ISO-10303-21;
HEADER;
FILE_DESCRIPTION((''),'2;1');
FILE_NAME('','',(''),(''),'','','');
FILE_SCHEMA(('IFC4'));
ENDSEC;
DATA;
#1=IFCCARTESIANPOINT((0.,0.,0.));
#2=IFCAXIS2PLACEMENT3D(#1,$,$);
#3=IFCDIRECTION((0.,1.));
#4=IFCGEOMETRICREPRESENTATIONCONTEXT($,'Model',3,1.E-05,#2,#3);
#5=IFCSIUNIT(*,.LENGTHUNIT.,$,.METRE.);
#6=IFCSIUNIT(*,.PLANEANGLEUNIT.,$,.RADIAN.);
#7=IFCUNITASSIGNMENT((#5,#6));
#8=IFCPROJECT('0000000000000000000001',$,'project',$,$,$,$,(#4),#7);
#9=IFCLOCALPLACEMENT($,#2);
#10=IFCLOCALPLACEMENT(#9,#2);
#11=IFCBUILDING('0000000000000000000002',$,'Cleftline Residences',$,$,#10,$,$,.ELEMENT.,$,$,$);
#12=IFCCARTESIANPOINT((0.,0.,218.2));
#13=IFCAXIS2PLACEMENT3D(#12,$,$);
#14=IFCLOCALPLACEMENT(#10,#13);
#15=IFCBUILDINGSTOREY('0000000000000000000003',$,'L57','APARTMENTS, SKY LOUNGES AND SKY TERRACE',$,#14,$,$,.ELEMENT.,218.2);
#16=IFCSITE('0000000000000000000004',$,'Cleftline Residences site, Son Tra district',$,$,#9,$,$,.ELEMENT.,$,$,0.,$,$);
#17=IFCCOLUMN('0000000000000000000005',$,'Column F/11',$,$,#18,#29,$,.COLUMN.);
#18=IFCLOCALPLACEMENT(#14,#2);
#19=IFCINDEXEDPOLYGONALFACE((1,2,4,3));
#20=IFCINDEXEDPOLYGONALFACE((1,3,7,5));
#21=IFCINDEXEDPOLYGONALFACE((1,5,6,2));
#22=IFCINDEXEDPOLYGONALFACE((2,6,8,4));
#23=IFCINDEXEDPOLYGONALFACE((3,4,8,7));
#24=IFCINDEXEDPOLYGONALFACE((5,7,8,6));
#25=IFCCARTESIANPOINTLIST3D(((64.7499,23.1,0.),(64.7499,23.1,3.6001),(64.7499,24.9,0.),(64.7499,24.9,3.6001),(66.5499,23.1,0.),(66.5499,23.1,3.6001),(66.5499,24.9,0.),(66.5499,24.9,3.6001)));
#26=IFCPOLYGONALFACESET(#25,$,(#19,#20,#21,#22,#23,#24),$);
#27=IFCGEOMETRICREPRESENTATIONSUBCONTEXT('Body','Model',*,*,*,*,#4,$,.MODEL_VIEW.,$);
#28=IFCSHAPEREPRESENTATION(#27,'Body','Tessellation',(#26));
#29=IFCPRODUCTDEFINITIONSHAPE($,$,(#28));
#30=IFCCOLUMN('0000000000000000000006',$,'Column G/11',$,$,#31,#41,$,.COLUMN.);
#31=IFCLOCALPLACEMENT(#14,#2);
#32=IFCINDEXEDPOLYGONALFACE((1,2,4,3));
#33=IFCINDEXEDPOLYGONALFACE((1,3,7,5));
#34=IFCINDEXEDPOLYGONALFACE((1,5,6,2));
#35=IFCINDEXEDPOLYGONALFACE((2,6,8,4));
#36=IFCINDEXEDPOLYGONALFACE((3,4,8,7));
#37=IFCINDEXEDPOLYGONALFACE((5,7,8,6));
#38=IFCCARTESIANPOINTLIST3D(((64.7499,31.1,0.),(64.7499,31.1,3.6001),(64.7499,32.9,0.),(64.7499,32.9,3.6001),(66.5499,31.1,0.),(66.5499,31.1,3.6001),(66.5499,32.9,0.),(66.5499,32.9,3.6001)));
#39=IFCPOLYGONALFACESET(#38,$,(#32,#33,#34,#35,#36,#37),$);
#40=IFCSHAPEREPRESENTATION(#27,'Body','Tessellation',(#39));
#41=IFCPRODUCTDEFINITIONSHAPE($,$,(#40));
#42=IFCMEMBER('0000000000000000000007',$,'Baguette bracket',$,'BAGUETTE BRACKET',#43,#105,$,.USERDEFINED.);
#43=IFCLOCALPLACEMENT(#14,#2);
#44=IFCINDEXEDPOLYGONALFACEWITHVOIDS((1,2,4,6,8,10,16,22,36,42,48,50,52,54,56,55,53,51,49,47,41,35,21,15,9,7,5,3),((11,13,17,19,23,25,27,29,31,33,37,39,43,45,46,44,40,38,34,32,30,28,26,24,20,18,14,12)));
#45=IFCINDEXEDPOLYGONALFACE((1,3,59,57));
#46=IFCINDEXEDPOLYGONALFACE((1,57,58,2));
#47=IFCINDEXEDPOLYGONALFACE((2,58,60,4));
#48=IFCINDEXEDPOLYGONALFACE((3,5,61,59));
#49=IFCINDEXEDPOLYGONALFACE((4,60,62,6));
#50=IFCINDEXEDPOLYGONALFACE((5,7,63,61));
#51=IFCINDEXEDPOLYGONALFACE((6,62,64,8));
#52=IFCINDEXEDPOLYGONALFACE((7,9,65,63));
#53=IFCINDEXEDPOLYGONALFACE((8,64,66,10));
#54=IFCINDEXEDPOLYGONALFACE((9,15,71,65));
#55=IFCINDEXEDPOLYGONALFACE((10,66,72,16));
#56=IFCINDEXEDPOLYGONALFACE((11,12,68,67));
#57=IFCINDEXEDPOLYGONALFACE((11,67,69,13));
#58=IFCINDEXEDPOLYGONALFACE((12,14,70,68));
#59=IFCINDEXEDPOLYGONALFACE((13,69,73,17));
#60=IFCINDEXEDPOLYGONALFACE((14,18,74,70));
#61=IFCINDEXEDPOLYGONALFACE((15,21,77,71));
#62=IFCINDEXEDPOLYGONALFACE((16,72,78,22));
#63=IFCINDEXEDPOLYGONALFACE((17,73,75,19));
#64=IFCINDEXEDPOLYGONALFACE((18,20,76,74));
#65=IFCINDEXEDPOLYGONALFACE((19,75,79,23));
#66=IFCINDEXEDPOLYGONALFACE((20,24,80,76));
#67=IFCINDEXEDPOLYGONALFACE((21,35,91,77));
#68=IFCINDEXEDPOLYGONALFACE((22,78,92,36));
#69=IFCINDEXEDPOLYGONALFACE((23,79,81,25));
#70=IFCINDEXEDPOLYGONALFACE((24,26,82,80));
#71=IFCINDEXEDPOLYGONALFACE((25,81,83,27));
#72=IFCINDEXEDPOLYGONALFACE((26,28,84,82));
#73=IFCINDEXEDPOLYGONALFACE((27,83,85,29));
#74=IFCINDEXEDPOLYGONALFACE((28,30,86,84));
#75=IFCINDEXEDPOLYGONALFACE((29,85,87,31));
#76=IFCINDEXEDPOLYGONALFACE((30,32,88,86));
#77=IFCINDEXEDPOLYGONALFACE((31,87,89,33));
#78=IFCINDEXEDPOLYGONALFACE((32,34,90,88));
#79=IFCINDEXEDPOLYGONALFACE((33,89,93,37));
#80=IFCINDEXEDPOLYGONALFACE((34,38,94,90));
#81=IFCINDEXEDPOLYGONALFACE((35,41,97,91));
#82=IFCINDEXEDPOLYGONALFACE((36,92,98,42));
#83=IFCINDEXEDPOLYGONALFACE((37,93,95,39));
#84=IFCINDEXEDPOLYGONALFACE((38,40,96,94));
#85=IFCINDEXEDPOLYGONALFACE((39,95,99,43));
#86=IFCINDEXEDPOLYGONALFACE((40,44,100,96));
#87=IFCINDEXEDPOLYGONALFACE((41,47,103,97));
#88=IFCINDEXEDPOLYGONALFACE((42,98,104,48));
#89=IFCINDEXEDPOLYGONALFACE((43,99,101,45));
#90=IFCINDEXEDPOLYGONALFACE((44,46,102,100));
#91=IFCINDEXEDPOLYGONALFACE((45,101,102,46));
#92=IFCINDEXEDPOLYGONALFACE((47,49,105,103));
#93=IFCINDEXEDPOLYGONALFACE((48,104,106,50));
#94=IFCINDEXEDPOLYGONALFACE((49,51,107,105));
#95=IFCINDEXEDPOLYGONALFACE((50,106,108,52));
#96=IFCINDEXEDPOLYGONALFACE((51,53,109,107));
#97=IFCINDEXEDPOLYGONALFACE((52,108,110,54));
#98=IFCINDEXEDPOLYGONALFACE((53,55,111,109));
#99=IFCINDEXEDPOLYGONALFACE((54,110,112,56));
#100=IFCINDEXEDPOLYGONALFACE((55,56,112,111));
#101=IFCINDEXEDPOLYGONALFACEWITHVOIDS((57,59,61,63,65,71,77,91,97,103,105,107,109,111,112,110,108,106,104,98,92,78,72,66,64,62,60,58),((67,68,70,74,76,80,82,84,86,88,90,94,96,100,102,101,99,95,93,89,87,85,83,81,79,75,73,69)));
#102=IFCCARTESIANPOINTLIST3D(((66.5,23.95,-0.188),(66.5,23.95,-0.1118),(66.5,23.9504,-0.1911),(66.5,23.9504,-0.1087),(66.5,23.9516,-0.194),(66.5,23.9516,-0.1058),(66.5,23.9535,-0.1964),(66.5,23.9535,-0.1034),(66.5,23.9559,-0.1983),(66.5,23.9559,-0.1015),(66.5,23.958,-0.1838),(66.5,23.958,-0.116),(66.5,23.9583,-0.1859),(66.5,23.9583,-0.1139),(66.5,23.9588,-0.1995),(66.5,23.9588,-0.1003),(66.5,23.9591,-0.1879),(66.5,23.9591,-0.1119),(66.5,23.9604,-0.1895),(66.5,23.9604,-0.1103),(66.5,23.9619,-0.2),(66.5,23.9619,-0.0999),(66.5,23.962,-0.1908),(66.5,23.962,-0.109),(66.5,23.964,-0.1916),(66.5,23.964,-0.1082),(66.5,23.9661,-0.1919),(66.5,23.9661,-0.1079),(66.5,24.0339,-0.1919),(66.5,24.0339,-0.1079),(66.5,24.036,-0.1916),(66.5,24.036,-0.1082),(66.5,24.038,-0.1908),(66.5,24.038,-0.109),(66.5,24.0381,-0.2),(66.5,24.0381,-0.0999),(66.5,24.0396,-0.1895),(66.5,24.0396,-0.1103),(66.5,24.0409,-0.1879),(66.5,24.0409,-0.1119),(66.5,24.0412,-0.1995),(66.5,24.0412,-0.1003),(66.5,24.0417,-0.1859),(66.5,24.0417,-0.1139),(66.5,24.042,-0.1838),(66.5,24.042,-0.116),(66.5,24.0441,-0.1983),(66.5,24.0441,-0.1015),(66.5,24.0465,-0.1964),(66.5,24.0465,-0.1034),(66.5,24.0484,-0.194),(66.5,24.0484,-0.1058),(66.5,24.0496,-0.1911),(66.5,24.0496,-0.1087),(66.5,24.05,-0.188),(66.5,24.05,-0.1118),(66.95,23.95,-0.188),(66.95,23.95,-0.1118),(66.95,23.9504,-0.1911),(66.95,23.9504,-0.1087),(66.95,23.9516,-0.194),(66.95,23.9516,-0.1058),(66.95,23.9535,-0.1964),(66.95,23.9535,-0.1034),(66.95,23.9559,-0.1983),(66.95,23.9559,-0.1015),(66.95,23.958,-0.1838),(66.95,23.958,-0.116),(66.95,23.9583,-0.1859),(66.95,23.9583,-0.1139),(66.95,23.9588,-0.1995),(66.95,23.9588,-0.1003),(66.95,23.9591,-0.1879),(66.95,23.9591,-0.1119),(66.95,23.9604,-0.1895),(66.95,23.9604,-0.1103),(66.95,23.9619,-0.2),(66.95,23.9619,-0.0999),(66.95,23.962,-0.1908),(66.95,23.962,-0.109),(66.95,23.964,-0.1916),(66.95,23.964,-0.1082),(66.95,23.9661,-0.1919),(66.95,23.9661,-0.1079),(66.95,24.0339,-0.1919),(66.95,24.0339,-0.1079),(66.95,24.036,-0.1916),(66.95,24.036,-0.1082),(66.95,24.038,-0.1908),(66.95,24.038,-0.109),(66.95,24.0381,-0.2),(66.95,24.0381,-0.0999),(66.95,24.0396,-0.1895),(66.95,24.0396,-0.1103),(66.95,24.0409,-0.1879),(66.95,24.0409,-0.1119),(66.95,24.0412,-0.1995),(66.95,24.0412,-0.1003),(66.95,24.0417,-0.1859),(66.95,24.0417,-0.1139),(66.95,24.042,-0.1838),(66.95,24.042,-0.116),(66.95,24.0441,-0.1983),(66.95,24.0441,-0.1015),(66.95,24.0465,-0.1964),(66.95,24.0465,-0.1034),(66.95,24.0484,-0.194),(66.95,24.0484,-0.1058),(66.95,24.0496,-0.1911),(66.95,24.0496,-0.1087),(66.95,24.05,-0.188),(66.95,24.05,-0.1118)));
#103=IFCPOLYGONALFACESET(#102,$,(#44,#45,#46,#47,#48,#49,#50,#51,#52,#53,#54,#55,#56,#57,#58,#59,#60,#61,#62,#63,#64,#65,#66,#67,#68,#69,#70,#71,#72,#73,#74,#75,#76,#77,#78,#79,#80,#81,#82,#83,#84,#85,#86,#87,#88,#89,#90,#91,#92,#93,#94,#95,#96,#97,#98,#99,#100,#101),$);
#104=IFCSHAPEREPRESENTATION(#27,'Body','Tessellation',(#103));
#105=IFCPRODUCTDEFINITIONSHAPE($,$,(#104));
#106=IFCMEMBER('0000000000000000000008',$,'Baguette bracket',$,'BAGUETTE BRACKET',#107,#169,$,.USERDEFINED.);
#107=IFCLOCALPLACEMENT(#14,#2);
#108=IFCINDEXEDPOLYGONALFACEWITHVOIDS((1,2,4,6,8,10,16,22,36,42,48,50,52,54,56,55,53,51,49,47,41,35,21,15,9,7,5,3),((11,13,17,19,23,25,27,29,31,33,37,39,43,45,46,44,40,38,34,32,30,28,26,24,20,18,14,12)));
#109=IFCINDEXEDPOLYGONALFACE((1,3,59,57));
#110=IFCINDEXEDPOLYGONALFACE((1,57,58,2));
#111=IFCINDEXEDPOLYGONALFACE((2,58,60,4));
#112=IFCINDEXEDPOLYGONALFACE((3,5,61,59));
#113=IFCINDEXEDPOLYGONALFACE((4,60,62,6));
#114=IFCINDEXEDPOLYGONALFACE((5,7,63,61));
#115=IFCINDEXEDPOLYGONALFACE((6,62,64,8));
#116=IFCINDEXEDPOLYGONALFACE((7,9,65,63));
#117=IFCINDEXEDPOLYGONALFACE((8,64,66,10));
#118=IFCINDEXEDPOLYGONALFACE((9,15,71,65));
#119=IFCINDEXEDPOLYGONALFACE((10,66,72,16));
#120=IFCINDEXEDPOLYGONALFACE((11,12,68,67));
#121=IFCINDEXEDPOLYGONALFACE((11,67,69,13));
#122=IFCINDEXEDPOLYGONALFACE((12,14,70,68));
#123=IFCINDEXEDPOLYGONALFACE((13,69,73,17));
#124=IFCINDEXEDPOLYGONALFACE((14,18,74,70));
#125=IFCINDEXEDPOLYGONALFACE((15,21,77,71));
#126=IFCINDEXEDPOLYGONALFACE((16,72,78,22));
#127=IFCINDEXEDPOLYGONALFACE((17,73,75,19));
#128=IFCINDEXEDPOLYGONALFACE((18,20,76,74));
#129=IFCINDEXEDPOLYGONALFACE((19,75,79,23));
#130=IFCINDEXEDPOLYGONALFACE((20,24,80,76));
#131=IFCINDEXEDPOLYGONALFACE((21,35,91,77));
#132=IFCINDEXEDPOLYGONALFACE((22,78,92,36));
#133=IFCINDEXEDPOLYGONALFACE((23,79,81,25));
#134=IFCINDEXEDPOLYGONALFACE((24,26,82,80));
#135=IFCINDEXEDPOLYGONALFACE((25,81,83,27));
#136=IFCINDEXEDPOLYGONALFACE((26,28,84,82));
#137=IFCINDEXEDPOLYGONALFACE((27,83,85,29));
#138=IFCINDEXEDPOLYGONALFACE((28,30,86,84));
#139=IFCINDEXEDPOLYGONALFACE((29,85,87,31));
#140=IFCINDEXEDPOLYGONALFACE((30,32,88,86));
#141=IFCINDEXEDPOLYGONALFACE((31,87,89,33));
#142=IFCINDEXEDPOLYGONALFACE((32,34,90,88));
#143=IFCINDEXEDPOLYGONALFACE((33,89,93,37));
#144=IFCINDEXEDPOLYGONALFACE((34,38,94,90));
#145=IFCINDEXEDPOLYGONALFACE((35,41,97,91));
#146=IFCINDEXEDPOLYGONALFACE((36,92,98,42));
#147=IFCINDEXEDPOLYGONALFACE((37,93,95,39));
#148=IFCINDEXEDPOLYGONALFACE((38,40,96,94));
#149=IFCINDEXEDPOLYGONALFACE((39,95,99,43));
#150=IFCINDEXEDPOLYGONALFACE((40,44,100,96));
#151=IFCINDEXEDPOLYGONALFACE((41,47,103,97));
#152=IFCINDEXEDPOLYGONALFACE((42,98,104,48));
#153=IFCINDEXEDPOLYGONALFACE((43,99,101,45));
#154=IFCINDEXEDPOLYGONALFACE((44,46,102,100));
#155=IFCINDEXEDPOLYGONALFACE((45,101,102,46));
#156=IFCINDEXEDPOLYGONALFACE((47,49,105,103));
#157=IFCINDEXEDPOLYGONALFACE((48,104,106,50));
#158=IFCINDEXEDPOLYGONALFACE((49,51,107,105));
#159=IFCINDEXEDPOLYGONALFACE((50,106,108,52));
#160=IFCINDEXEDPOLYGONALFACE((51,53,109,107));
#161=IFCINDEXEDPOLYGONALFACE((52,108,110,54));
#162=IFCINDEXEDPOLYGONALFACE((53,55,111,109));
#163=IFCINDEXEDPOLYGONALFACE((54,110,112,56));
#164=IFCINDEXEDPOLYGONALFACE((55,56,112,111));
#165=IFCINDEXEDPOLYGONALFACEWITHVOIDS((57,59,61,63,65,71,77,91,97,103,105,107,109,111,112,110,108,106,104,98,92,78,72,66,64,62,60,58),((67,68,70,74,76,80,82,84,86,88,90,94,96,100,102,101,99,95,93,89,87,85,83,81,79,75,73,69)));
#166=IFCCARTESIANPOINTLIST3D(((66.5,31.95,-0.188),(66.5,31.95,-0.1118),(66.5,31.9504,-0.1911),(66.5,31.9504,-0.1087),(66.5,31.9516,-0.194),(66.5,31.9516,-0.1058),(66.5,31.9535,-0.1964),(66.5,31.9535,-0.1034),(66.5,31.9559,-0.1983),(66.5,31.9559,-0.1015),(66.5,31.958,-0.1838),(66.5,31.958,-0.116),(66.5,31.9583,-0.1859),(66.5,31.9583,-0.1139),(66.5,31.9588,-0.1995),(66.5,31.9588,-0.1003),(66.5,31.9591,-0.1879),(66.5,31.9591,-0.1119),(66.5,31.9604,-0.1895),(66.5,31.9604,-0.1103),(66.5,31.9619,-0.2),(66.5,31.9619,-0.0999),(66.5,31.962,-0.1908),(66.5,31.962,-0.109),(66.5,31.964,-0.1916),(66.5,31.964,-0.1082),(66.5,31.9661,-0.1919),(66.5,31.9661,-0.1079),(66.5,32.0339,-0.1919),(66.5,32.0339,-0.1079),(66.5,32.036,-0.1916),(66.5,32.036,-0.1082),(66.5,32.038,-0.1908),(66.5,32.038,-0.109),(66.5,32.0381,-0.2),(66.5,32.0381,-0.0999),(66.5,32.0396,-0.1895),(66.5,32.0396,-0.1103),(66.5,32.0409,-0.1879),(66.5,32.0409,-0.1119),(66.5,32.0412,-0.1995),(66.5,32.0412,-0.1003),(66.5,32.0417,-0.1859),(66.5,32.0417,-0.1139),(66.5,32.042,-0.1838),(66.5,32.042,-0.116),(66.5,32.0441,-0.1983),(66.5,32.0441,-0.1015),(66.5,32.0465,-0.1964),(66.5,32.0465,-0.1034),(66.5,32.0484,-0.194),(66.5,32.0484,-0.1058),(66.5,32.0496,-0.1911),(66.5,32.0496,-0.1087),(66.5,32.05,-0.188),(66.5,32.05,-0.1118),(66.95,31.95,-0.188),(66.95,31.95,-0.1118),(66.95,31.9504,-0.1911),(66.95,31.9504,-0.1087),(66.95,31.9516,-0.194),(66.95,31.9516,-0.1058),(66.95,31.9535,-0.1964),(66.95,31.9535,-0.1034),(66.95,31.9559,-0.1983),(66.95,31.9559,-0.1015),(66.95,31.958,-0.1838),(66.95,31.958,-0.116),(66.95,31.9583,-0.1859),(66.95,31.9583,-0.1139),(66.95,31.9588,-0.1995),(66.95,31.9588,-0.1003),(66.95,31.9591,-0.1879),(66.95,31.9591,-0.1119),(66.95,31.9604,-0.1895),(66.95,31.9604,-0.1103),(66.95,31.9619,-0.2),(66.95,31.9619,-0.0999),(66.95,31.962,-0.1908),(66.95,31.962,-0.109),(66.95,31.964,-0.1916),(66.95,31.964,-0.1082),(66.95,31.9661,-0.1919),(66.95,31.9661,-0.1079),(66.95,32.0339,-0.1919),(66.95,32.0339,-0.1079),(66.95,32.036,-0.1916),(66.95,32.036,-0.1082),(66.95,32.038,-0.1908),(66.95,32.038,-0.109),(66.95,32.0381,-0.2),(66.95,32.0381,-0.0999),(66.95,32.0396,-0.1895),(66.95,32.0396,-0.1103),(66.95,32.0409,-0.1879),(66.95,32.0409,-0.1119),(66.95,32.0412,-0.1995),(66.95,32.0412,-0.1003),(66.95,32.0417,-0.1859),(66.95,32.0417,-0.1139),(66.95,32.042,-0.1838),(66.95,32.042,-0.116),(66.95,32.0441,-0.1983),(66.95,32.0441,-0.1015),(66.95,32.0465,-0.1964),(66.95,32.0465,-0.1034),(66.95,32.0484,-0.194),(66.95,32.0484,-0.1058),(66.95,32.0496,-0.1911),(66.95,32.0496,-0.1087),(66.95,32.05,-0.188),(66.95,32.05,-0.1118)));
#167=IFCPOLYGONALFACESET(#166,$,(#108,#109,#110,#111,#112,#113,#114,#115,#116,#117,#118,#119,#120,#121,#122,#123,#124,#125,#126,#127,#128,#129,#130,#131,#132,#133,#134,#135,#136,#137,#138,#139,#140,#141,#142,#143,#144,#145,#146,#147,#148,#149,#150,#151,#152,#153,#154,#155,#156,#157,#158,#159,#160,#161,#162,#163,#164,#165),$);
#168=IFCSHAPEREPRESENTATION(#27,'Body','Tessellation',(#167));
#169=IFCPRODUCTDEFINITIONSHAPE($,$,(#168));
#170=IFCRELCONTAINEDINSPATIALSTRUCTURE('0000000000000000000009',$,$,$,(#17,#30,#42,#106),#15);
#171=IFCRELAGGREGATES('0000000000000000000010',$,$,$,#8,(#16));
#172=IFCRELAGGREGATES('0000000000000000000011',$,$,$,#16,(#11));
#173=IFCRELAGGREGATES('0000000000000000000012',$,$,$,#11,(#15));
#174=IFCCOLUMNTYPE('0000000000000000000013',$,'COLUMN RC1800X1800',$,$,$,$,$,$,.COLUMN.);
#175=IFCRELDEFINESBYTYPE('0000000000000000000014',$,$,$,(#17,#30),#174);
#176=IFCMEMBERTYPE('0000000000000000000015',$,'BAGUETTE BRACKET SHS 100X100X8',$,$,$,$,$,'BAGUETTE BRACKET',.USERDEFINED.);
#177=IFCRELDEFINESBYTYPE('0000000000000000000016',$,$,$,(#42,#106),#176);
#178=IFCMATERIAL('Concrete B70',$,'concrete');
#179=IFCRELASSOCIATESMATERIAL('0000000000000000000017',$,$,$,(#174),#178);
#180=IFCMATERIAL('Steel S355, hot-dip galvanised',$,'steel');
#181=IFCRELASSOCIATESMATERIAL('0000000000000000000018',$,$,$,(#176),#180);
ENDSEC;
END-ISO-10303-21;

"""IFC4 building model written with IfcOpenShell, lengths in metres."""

from ifc_helpers import new_model, si_unit, direction, frame, origin, origin_2d, place, context, subcontext, project, spatial, rectangle, hollow_rectangle, extrude, material, material_profile, profile_set, type_object, element, save


model = new_model("IFC4")

# Units and contexts
model_context = context("Model", 3, precision=1e-05, world=origin(), true_north=direction((0.0, 1.0)))
body_context = subcontext(model_context, "Body", "Model", "MODEL_VIEW")
ifc_project = project(units=[si_unit("LENGTHUNIT", "METRE"), si_unit("PLANEANGLEUNIT", "RADIAN")], contexts=[model_context])

# Site, building, storey
site_placement = place(None, origin())
site = spatial("IfcSite", under=ifc_project, at=site_placement, Name="Cleftline Residences site, Son Tra district", CompositionType="ELEMENT", RefElevation=0.0)
building_placement = place(site_placement, origin())
building = spatial("IfcBuilding", under=site, at=building_placement, Name="Cleftline Residences", CompositionType="ELEMENT")
storey_placement = place(building_placement, frame((0.0, 0.0, 218.2)))
storey = spatial("IfcBuildingStorey", under=building, at=storey_placement, Name="L57", Description="APARTMENTS, SKY LOUNGES AND SKY TERRACE", CompositionType="ELEMENT", Elevation=218.2)

# Columns
ifc_material_1 = material(Name="Concrete B70", Category="concrete")
ifc_material_profile_1 = material_profile(ifc_material_1, rectangle(XDim=1.8, YDim=1.8, at=origin_2d()))
ifc_profile_set_1 = profile_set([ifc_material_profile_1], Name="Concrete B70")
column_type = type_object("IfcColumnType", Name="COLUMN RC1800X1800", PredefinedType="COLUMN", material=ifc_profile_set_1)
for number, where, z_axis, x_axis, name in (
    (1, (65.6499, 24.0, 0.0), (0.0, 0.0, 1.0), (1.0, 0.0, 0.0), "Column F/11"),
    (2, (65.6499, 32.0, 0.0), (0.0, 0.0, 1.0), (1.0, 0.0, 0.0), "Column G/11"),
):
    element("IfcColumn", number, at=place(storey_placement, frame(where, z_axis=z_axis, x_axis=x_axis)), inside=storey, type_object=column_type, Name=name, PredefinedType="COLUMN", context=body_context, shape_type="SweptSolid", body=[
        extrude(rectangle(XDim=1.8, YDim=1.8, at=origin_2d()), origin(), (0.0, 0.0, 1.0), 3.6001),
    ])

# Members
ifc_material_2 = material(Name="Steel S355, hot-dip galvanised", Category="steel")
ifc_material_profile_2 = material_profile(ifc_material_2, hollow_rectangle(XDim=0.1001, YDim=0.1001, WallThickness=0.0081, InnerFilletRadius=0.0081, OuterFilletRadius=0.012, at=origin_2d()))
ifc_profile_set_2 = profile_set([ifc_material_profile_2], Name="Steel S355, hot-dip galvanised")
member_type_1 = type_object("IfcMemberType", Name="BAGUETTE BRACKET SHS 100X100X8", ElementType="BAGUETTE BRACKET", PredefinedType="USERDEFINED", material=ifc_profile_set_2)
for number, where, z_axis, x_axis, name in (
    (3, (66.5, 24.0, -0.1499), (1.0, 0.0, 0.0), (0.0, 1.0, 0.0), "Baguette bracket"),
    (4, (66.5, 32.0, -0.1499), (1.0, 0.0, 0.0), (0.0, 1.0, 0.0), "Baguette bracket"),
):
    element("IfcMember", number, at=place(storey_placement, frame(where, z_axis=z_axis, x_axis=x_axis)), inside=storey, type_object=member_type_1, Name=name, ObjectType="BAGUETTE BRACKET", PredefinedType="USERDEFINED", context=body_context, shape_type="SweptSolid", body=[
        extrude(hollow_rectangle(XDim=0.1001, YDim=0.1001, WallThickness=0.0081, InnerFilletRadius=0.0081, OuterFilletRadius=0.012, at=origin_2d()), origin(), (0.0, 0.0, 1.0), 0.45),
    ])

save(model, "model.ifc")
